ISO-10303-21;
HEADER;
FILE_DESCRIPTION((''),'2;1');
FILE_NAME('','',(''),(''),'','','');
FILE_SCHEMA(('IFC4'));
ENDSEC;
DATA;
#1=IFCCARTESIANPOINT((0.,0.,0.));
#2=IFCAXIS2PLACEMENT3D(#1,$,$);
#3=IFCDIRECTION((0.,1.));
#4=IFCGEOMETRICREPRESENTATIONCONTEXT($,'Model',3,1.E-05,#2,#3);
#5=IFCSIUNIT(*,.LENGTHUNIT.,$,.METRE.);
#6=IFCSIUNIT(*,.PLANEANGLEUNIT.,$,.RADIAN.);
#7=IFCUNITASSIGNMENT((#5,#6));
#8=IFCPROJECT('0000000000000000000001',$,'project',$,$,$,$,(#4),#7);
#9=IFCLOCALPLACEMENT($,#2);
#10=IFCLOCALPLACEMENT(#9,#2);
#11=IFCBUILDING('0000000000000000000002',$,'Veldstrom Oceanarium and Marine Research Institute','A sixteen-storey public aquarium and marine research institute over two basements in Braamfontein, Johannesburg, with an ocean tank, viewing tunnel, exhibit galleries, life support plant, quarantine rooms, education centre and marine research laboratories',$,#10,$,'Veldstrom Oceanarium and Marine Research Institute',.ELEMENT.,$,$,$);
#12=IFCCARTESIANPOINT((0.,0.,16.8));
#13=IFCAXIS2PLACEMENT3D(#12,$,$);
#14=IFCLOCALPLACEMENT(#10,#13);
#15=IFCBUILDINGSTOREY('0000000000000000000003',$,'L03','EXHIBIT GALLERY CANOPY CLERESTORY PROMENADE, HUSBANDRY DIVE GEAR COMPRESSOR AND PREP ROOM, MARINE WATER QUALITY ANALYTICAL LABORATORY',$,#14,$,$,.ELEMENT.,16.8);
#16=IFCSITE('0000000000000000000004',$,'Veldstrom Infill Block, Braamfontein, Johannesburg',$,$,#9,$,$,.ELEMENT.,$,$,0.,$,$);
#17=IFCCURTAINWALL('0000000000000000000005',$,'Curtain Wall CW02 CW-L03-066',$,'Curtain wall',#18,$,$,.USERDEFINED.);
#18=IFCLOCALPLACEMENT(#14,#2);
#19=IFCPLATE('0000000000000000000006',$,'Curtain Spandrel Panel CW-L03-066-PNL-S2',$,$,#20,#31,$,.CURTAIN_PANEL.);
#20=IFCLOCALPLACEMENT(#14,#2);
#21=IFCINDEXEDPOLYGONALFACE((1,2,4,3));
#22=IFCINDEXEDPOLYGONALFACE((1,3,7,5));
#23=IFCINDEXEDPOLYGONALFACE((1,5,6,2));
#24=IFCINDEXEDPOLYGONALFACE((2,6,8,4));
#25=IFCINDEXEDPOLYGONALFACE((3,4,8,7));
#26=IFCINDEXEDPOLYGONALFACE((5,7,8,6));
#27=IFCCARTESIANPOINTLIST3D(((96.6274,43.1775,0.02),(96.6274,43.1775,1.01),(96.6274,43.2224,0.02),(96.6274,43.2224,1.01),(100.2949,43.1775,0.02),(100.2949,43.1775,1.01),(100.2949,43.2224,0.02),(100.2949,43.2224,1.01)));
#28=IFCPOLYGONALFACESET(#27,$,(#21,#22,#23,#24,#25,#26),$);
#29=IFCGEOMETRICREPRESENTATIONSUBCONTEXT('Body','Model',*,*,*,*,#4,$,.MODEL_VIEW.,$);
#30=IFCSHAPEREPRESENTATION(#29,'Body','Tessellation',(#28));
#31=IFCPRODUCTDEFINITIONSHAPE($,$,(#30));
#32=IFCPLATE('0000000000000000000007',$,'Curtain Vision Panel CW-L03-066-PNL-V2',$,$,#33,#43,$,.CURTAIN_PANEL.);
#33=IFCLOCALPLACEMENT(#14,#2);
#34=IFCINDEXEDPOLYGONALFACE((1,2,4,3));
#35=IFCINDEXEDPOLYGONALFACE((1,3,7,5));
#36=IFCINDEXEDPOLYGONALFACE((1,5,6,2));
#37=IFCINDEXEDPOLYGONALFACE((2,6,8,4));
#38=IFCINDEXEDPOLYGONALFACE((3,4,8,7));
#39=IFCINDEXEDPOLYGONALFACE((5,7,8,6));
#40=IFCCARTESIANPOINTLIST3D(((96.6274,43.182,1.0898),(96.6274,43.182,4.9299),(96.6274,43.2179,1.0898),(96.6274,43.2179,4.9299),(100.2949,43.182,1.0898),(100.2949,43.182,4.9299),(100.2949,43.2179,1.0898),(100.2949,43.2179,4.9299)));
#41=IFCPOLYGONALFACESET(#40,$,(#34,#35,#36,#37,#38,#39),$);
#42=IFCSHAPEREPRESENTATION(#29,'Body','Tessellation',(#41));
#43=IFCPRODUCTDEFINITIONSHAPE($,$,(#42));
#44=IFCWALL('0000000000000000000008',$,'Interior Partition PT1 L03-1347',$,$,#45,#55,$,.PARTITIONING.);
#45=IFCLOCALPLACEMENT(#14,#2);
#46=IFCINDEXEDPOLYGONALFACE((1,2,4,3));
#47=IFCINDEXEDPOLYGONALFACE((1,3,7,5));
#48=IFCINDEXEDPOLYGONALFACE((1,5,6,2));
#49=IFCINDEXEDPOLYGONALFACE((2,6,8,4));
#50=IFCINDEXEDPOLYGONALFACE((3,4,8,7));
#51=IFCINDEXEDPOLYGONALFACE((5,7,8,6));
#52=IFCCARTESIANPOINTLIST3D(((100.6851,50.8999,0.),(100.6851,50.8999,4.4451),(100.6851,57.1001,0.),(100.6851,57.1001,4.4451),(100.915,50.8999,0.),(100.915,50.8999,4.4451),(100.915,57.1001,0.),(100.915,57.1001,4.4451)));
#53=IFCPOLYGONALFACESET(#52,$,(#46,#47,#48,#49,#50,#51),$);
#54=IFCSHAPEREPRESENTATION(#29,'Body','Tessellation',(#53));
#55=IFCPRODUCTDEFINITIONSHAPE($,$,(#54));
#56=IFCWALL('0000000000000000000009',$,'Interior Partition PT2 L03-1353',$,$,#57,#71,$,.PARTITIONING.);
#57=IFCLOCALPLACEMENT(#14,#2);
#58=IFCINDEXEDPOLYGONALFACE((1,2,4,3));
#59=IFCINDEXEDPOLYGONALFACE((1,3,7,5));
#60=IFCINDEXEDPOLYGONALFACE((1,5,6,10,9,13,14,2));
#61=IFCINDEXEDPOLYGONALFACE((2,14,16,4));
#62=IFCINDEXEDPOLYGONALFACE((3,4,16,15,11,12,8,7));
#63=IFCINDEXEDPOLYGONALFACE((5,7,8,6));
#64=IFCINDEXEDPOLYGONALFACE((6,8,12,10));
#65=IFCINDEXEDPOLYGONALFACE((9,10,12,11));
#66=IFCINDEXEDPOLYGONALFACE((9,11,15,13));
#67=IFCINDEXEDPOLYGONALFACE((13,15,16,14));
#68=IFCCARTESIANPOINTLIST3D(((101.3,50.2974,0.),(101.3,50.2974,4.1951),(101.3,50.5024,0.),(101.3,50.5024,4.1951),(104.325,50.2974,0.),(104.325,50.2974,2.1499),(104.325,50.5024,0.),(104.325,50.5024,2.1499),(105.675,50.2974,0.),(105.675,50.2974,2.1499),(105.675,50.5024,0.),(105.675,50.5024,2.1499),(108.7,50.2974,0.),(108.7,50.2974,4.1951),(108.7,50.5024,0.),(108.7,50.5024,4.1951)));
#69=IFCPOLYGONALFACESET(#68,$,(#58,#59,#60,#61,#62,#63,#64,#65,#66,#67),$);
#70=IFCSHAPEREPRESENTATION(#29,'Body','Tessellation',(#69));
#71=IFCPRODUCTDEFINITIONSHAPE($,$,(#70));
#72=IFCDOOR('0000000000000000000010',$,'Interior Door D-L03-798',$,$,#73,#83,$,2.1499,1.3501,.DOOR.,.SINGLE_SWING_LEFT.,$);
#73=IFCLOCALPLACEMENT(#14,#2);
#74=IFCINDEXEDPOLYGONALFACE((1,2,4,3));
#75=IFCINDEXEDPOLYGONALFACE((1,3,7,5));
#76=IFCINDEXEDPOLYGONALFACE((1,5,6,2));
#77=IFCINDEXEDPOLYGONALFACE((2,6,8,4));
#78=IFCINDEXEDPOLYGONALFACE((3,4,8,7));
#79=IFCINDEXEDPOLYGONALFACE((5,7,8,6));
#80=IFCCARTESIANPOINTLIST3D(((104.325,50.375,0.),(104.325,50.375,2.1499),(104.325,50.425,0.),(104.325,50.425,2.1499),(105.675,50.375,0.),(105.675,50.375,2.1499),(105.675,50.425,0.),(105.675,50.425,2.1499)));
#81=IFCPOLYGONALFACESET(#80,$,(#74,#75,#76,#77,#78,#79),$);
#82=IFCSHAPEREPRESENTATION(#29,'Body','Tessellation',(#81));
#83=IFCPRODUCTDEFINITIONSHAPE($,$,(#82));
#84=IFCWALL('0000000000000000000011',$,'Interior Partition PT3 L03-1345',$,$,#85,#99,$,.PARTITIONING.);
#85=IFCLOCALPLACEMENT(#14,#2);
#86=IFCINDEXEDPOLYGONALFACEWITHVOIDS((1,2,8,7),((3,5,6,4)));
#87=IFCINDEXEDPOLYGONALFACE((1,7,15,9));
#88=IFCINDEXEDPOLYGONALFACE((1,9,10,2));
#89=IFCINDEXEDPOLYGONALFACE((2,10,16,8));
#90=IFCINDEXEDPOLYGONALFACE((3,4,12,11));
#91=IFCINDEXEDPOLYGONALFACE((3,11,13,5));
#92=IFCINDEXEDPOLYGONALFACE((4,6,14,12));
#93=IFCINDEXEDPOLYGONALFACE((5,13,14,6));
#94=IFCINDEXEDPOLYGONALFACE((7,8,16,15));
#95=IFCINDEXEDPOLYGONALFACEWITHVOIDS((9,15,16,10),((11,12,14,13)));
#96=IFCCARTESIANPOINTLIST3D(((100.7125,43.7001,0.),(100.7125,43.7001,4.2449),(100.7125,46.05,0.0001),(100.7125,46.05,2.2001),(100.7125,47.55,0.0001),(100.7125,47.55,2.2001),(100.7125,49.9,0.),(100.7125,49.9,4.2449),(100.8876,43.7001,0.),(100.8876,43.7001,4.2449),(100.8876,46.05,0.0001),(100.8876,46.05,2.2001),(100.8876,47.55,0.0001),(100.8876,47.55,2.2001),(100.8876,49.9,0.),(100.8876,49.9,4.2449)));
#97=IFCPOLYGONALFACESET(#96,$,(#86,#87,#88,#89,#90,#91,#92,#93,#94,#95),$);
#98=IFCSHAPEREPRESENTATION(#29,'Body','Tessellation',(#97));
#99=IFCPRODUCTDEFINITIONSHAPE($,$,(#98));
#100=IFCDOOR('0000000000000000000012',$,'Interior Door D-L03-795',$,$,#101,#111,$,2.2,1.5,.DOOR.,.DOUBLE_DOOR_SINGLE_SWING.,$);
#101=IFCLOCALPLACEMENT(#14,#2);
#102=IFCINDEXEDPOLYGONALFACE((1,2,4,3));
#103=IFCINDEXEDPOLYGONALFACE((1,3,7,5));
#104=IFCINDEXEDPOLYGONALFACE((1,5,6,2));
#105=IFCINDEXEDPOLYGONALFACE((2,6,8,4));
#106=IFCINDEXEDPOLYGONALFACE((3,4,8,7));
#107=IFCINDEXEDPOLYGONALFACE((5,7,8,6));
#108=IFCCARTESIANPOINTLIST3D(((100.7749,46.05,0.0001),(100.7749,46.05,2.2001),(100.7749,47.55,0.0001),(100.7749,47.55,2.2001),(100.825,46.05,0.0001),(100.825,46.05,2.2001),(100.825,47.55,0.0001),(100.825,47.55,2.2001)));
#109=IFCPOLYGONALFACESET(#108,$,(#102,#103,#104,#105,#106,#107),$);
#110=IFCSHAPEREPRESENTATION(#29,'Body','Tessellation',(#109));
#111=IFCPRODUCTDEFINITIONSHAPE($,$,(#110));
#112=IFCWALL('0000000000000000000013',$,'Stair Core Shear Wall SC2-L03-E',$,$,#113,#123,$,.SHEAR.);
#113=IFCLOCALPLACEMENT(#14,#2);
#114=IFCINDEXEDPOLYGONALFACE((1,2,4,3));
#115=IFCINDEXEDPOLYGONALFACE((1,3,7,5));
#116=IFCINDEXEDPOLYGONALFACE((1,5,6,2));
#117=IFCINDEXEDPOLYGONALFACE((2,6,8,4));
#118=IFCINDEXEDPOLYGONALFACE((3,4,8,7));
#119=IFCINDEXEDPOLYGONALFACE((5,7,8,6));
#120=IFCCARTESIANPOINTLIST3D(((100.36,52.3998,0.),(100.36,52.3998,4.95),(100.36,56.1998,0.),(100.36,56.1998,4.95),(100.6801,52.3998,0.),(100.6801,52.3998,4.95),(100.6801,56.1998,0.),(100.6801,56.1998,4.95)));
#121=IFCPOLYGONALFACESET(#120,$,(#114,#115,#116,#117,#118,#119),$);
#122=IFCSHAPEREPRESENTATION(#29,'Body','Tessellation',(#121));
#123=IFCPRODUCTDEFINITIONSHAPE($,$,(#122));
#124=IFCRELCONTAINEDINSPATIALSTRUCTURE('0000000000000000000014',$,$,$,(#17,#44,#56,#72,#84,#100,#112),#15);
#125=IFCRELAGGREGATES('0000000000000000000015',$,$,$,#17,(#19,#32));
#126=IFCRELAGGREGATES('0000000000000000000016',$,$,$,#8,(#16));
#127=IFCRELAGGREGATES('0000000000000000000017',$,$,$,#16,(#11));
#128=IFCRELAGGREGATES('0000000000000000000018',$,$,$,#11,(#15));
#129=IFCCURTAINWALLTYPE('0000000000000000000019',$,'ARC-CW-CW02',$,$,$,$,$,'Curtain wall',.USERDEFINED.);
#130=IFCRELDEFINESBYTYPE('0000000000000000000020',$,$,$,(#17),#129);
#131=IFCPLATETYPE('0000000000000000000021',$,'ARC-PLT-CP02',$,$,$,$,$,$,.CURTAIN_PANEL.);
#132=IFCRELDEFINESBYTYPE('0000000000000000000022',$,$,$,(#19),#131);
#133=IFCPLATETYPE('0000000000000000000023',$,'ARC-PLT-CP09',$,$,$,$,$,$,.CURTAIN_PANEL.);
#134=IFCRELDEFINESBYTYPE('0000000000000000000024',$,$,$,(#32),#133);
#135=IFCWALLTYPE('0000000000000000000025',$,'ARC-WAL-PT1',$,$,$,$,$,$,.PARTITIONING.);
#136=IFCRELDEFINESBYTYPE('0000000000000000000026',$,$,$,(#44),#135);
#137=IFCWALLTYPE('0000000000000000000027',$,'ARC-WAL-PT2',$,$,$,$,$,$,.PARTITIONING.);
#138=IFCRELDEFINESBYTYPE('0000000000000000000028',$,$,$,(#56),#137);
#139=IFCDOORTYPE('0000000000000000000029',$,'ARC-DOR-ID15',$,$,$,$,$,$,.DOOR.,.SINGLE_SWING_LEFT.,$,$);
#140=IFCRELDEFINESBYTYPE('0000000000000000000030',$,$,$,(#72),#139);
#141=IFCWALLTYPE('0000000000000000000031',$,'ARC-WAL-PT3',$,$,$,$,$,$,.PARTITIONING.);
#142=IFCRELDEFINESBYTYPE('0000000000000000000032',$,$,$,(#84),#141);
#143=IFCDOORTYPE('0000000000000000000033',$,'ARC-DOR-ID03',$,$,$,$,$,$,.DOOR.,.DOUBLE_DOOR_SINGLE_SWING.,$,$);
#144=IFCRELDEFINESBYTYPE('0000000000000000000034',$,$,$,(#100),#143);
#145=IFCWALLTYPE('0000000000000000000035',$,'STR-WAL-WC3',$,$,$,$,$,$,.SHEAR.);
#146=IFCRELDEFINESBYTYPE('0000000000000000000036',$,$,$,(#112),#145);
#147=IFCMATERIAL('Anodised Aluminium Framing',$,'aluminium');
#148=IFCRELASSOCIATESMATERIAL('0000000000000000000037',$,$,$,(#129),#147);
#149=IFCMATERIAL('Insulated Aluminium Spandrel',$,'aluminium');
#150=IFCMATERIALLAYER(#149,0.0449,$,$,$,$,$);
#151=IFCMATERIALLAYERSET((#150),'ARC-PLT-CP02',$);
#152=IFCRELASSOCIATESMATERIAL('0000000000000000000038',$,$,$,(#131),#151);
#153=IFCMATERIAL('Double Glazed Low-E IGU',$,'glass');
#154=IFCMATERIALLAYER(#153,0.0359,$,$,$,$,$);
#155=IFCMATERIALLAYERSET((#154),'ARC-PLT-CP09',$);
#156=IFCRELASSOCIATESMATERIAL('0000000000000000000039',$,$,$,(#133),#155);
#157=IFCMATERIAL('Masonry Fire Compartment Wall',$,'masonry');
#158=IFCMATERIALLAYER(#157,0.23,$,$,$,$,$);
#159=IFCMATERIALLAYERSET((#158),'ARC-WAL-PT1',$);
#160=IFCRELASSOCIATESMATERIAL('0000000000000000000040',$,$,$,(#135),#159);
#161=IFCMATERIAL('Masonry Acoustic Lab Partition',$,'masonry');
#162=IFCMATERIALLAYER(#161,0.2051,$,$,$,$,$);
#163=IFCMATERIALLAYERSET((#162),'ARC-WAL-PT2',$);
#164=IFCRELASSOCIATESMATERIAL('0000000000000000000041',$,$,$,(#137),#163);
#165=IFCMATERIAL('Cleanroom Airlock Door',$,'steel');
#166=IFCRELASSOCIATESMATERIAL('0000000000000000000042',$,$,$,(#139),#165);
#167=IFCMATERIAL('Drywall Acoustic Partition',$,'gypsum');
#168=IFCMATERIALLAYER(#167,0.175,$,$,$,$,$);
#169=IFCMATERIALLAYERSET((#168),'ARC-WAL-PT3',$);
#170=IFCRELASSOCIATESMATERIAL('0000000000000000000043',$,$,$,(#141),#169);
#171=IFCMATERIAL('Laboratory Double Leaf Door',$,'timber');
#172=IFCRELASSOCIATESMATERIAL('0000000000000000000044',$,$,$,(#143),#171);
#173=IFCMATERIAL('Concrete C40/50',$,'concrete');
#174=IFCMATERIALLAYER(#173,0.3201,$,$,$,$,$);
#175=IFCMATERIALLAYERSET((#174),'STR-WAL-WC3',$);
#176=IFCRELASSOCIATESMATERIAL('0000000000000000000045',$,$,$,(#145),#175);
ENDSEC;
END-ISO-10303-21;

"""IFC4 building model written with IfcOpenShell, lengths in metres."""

from ifc_helpers import new_model, si_unit, direction, frame, frame_2d, origin, origin_2d, place, context, subcontext, project, spatial, rectangle, extrude, material, layer, layer_set, type_object, element, fill, aggregate, save


model = new_model("IFC4")

# Units and contexts
model_context = context("Model", 3, precision=1e-05, world=origin(), true_north=direction((0.0, 1.0)))
body_context = subcontext(model_context, "Body", "Model", "MODEL_VIEW")
ifc_project = project(units=[si_unit("LENGTHUNIT", "METRE"), si_unit("PLANEANGLEUNIT", "RADIAN")], contexts=[model_context])

# Site, building, storey
site_placement = place(None, origin())
site = spatial("IfcSite", under=ifc_project, at=site_placement, Name="Veldstrom Infill Block, Braamfontein, Johannesburg", CompositionType="ELEMENT", RefElevation=0.0)
building_placement = place(site_placement, origin())
building = spatial("IfcBuilding", under=site, at=building_placement, Name="Veldstrom Oceanarium and Marine Research Institute", Description="A sixteen-storey public aquarium and marine research institute over two basements in Braamfontein, Johannesburg, with an ocean tank, viewing tunnel, exhibit galleries, life support plant, quarantine rooms, education centre and marine research laboratories", LongName="Veldstrom Oceanarium and Marine Research Institute", CompositionType="ELEMENT")
storey_placement = place(building_placement, frame((0.0, 0.0, 16.8)))
storey = spatial("IfcBuildingStorey", under=building, at=storey_placement, Name="L03", Description="EXHIBIT GALLERY CANOPY CLERESTORY PROMENADE, HUSBANDRY DIVE GEAR COMPRESSOR AND PREP ROOM, MARINE WATER QUALITY ANALYTICAL LABORATORY", CompositionType="ELEMENT", Elevation=16.8)

# Curtain wall
ifc_material_1 = material(Name="Anodised Aluminium Framing", Category="aluminium")
curtain_wall_type = type_object("IfcCurtainWallType", Name="ARC-CW-CW02", ElementType="Curtain wall", PredefinedType="USERDEFINED", material=ifc_material_1)
curtain_wall_1_placement = place(storey_placement, origin())
curtain_wall_1 = element("IfcCurtainWall", 1, at=curtain_wall_1_placement, inside=storey, type_object=curtain_wall_type, Name="Curtain Wall CW02 CW-L03-066", ObjectType="Curtain wall", PredefinedType="USERDEFINED")

# Plates
ifc_material_2 = material(Name="Insulated Aluminium Spandrel", Category="aluminium")
ifc_layer_1 = layer(ifc_material_2, 0.0449)
ifc_layer_set_1 = layer_set([ifc_layer_1], Name="ARC-PLT-CP02")
plate_type_1 = type_object("IfcPlateType", Name="ARC-PLT-CP02", PredefinedType="CURTAIN_PANEL", material=ifc_layer_set_1)
plate_1_placement = place(storey_placement, frame((98.4612, 43.2, 0.02), z_axis=(0.0, 0.0, 1.0), x_axis=(1.0, 0.0, 0.0)))
plate_1 = element("IfcPlate", 2, at=plate_1_placement, type_object=plate_type_1, Name="Curtain Spandrel Panel CW-L03-066-PNL-S2", PredefinedType="CURTAIN_PANEL", context=body_context, shape_type="SweptSolid", body=[
    extrude(rectangle(XDim=3.6675, YDim=0.0449, at=origin_2d()), origin(), (0.0, 0.0, 1.0), 0.99),
])
ifc_material_3 = material(Name="Double Glazed Low-E IGU", Category="glass")
ifc_layer_2 = layer(ifc_material_3, 0.0359)
ifc_layer_set_2 = layer_set([ifc_layer_2], Name="ARC-PLT-CP09")
plate_type_2 = type_object("IfcPlateType", Name="ARC-PLT-CP09", PredefinedType="CURTAIN_PANEL", material=ifc_layer_set_2)
plate_2_placement = place(storey_placement, frame((98.4612, 43.2, 1.0898), z_axis=(0.0, 0.0, 1.0), x_axis=(1.0, 0.0, 0.0)))
plate_2 = element("IfcPlate", 3, at=plate_2_placement, type_object=plate_type_2, Name="Curtain Vision Panel CW-L03-066-PNL-V2", PredefinedType="CURTAIN_PANEL", context=body_context, shape_type="SweptSolid", body=[
    extrude(rectangle(XDim=3.6675, YDim=0.0359, at=origin_2d()), origin(), (0.0, 0.0, 1.0), 3.8401),
])
aggregate(curtain_wall_1, [plate_1, plate_2])

# Wall
ifc_material_4 = material(Name="Masonry Fire Compartment Wall", Category="masonry")
ifc_layer_3 = layer(ifc_material_4, 0.23)
ifc_layer_set_3 = layer_set([ifc_layer_3], Name="ARC-WAL-PT1")
wall_type_1 = type_object("IfcWallType", Name="ARC-WAL-PT1", PredefinedType="PARTITIONING", material=ifc_layer_set_3)
wall_1_placement = place(storey_placement, frame((100.8, 50.8999, 0.0), z_axis=(0.0, 0.0, 1.0), x_axis=(0.0, 1.0, 0.0)))
element("IfcWall", 4, at=wall_1_placement, inside=storey, type_object=wall_type_1, Name="Interior Partition PT1 L03-1347", PredefinedType="PARTITIONING", context=body_context, shape_type="SweptSolid", body=[
    extrude(rectangle(XDim=6.2002, YDim=0.23, at=frame_2d((3.1001, 0.0))), origin(), (0.0, 0.0, 1.0), 4.4451),
])

# Walls, openings, doors
ifc_material_5 = material(Name="Masonry Acoustic Lab Partition", Category="masonry")
ifc_layer_4 = layer(ifc_material_5, 0.2051)
ifc_layer_set_4 = layer_set([ifc_layer_4], Name="ARC-WAL-PT2")
wall_type_2 = type_object("IfcWallType", Name="ARC-WAL-PT2", PredefinedType="PARTITIONING", material=ifc_layer_set_4)
wall_2_placement = place(storey_placement, frame((101.3, 50.3999, 0.0), z_axis=(0.0, 0.0, 1.0), x_axis=(1.0, 0.0, 0.0)))
wall_2 = element("IfcWall", 5, at=wall_2_placement, inside=storey, type_object=wall_type_2, Name="Interior Partition PT2 L03-1353", PredefinedType="PARTITIONING", context=body_context, shape_type="SweptSolid", body=[
    extrude(rectangle(XDim=7.3999, YDim=0.2051, at=frame_2d((3.7, 0.0))), origin(), (0.0, 0.0, 1.0), 4.1951),
])
opening_1_placement = place(wall_2_placement, frame((3.0249, 0.0, 0.0)))
opening_1 = element("IfcOpeningElement", 6, at=opening_1_placement, cuts=wall_2, PredefinedType="OPENING", context=body_context, shape_type="SweptSolid", body=[
    extrude(rectangle(XDim=1.3501, YDim=2.1499, at=frame_2d((0.675, 1.075))), frame((0.0, 0.1125, 0.0), z_axis=(0.0, -1.0, 0.0), x_axis=(1.0, 0.0, 0.0)), (0.0, 0.0, 1.0), 0.2251),
])
ifc_material_6 = material(Name="Cleanroom Airlock Door", Category="steel")
door_type_1 = type_object("IfcDoorType", Name="ARC-DOR-ID15", OperationType="SINGLE_SWING_LEFT", PredefinedType="DOOR", material=ifc_material_6)
door_1_placement = place(opening_1_placement, frame((1.3501, 0.0, 0.0), z_axis=(0.0, 0.0, 1.0), x_axis=(-1.0, 0.0, 0.0)))
door_1 = element("IfcDoor", 7, at=door_1_placement, inside=storey, type_object=door_type_1, Name="Interior Door D-L03-798", OperationType="SINGLE_SWING_LEFT", OverallHeight=2.1499, OverallWidth=1.3501, PredefinedType="DOOR", context=body_context, shape_type="SweptSolid", body=[
    extrude(rectangle(XDim=1.3501, YDim=2.1499, at=frame_2d((0.675, 1.075))), frame((0.0, 0.0249, 0.0), z_axis=(0.0, -1.0, 0.0), x_axis=(1.0, 0.0, 0.0)), (0.0, 0.0, 1.0), 0.05),
])
fill(opening_1, door_1)
ifc_material_7 = material(Name="Drywall Acoustic Partition", Category="gypsum")
ifc_layer_5 = layer(ifc_material_7, 0.175)
ifc_layer_set_5 = layer_set([ifc_layer_5], Name="ARC-WAL-PT3")
wall_type_3 = type_object("IfcWallType", Name="ARC-WAL-PT3", PredefinedType="PARTITIONING", material=ifc_layer_set_5)
wall_3_placement = place(storey_placement, frame((100.8, 43.7, 0.0), z_axis=(0.0, 0.0, 1.0), x_axis=(0.0, 1.0, 0.0)))
wall_3 = element("IfcWall", 8, at=wall_3_placement, inside=storey, type_object=wall_type_3, Name="Interior Partition PT3 L03-1345", PredefinedType="PARTITIONING", context=body_context, shape_type="SweptSolid", body=[
    extrude(rectangle(XDim=6.2, YDim=0.175, at=frame_2d((3.1001, 0.0))), origin(), (0.0, 0.0, 1.0), 4.2449),
])
opening_2_placement = place(wall_3_placement, frame((2.3501, 0.0, 0.0)))
opening_2 = element("IfcOpeningElement", 9, at=opening_2_placement, cuts=wall_3, PredefinedType="OPENING", context=body_context, shape_type="SweptSolid", body=[
    extrude(rectangle(XDim=1.5, YDim=2.2, at=frame_2d((0.75, 1.1001))), frame((0.0, 0.0974, 0.0), z_axis=(0.0, -1.0, 0.0), x_axis=(1.0, 0.0, 0.0)), (0.0, 0.0, 1.0), 0.1951),
])
ifc_material_8 = material(Name="Laboratory Double Leaf Door", Category="timber")
door_type_2 = type_object("IfcDoorType", Name="ARC-DOR-ID03", OperationType="DOUBLE_DOOR_SINGLE_SWING", PredefinedType="DOOR", material=ifc_material_8)
door_2_placement = place(opening_2_placement, frame((1.5, 0.0, 0.0), z_axis=(0.0, 0.0, 1.0), x_axis=(-1.0, 0.0, 0.0)))
door_2 = element("IfcDoor", 10, at=door_2_placement, inside=storey, type_object=door_type_2, Name="Interior Door D-L03-795", OperationType="DOUBLE_DOOR_SINGLE_SWING", OverallHeight=2.2, OverallWidth=1.5, PredefinedType="DOOR", context=body_context, shape_type="SweptSolid", body=[
    extrude(rectangle(XDim=1.5, YDim=2.2, at=frame_2d((0.75, 1.1001))), frame((0.0, 0.0249, 0.0), z_axis=(0.0, -1.0, 0.0), x_axis=(1.0, 0.0, 0.0)), (0.0, 0.0, 1.0), 0.05),
])
fill(opening_2, door_2)

# Wall
ifc_material_9 = material(Name="Concrete C40/50", Category="concrete")
ifc_layer_6 = layer(ifc_material_9, 0.3201)
ifc_layer_set_6 = layer_set([ifc_layer_6], Name="STR-WAL-WC3")
wall_type_4 = type_object("IfcWallType", Name="STR-WAL-WC3", PredefinedType="SHEAR", material=ifc_layer_set_6)
wall_4_placement = place(storey_placement, frame((100.52, 52.3999, 0.0), z_axis=(0.0, 0.0, 1.0), x_axis=(0.0, 1.0, 0.0)))
element("IfcWall", 11, at=wall_4_placement, inside=storey, type_object=wall_type_4, Name="Stair Core Shear Wall SC2-L03-E", PredefinedType="SHEAR", context=body_context, shape_type="SweptSolid", body=[
    extrude(rectangle(XDim=3.8, YDim=0.3201, at=frame_2d((1.8999, 0.0))), origin(), (0.0, 0.0, 1.0), 4.95),
])

save(model, "model.ifc")
